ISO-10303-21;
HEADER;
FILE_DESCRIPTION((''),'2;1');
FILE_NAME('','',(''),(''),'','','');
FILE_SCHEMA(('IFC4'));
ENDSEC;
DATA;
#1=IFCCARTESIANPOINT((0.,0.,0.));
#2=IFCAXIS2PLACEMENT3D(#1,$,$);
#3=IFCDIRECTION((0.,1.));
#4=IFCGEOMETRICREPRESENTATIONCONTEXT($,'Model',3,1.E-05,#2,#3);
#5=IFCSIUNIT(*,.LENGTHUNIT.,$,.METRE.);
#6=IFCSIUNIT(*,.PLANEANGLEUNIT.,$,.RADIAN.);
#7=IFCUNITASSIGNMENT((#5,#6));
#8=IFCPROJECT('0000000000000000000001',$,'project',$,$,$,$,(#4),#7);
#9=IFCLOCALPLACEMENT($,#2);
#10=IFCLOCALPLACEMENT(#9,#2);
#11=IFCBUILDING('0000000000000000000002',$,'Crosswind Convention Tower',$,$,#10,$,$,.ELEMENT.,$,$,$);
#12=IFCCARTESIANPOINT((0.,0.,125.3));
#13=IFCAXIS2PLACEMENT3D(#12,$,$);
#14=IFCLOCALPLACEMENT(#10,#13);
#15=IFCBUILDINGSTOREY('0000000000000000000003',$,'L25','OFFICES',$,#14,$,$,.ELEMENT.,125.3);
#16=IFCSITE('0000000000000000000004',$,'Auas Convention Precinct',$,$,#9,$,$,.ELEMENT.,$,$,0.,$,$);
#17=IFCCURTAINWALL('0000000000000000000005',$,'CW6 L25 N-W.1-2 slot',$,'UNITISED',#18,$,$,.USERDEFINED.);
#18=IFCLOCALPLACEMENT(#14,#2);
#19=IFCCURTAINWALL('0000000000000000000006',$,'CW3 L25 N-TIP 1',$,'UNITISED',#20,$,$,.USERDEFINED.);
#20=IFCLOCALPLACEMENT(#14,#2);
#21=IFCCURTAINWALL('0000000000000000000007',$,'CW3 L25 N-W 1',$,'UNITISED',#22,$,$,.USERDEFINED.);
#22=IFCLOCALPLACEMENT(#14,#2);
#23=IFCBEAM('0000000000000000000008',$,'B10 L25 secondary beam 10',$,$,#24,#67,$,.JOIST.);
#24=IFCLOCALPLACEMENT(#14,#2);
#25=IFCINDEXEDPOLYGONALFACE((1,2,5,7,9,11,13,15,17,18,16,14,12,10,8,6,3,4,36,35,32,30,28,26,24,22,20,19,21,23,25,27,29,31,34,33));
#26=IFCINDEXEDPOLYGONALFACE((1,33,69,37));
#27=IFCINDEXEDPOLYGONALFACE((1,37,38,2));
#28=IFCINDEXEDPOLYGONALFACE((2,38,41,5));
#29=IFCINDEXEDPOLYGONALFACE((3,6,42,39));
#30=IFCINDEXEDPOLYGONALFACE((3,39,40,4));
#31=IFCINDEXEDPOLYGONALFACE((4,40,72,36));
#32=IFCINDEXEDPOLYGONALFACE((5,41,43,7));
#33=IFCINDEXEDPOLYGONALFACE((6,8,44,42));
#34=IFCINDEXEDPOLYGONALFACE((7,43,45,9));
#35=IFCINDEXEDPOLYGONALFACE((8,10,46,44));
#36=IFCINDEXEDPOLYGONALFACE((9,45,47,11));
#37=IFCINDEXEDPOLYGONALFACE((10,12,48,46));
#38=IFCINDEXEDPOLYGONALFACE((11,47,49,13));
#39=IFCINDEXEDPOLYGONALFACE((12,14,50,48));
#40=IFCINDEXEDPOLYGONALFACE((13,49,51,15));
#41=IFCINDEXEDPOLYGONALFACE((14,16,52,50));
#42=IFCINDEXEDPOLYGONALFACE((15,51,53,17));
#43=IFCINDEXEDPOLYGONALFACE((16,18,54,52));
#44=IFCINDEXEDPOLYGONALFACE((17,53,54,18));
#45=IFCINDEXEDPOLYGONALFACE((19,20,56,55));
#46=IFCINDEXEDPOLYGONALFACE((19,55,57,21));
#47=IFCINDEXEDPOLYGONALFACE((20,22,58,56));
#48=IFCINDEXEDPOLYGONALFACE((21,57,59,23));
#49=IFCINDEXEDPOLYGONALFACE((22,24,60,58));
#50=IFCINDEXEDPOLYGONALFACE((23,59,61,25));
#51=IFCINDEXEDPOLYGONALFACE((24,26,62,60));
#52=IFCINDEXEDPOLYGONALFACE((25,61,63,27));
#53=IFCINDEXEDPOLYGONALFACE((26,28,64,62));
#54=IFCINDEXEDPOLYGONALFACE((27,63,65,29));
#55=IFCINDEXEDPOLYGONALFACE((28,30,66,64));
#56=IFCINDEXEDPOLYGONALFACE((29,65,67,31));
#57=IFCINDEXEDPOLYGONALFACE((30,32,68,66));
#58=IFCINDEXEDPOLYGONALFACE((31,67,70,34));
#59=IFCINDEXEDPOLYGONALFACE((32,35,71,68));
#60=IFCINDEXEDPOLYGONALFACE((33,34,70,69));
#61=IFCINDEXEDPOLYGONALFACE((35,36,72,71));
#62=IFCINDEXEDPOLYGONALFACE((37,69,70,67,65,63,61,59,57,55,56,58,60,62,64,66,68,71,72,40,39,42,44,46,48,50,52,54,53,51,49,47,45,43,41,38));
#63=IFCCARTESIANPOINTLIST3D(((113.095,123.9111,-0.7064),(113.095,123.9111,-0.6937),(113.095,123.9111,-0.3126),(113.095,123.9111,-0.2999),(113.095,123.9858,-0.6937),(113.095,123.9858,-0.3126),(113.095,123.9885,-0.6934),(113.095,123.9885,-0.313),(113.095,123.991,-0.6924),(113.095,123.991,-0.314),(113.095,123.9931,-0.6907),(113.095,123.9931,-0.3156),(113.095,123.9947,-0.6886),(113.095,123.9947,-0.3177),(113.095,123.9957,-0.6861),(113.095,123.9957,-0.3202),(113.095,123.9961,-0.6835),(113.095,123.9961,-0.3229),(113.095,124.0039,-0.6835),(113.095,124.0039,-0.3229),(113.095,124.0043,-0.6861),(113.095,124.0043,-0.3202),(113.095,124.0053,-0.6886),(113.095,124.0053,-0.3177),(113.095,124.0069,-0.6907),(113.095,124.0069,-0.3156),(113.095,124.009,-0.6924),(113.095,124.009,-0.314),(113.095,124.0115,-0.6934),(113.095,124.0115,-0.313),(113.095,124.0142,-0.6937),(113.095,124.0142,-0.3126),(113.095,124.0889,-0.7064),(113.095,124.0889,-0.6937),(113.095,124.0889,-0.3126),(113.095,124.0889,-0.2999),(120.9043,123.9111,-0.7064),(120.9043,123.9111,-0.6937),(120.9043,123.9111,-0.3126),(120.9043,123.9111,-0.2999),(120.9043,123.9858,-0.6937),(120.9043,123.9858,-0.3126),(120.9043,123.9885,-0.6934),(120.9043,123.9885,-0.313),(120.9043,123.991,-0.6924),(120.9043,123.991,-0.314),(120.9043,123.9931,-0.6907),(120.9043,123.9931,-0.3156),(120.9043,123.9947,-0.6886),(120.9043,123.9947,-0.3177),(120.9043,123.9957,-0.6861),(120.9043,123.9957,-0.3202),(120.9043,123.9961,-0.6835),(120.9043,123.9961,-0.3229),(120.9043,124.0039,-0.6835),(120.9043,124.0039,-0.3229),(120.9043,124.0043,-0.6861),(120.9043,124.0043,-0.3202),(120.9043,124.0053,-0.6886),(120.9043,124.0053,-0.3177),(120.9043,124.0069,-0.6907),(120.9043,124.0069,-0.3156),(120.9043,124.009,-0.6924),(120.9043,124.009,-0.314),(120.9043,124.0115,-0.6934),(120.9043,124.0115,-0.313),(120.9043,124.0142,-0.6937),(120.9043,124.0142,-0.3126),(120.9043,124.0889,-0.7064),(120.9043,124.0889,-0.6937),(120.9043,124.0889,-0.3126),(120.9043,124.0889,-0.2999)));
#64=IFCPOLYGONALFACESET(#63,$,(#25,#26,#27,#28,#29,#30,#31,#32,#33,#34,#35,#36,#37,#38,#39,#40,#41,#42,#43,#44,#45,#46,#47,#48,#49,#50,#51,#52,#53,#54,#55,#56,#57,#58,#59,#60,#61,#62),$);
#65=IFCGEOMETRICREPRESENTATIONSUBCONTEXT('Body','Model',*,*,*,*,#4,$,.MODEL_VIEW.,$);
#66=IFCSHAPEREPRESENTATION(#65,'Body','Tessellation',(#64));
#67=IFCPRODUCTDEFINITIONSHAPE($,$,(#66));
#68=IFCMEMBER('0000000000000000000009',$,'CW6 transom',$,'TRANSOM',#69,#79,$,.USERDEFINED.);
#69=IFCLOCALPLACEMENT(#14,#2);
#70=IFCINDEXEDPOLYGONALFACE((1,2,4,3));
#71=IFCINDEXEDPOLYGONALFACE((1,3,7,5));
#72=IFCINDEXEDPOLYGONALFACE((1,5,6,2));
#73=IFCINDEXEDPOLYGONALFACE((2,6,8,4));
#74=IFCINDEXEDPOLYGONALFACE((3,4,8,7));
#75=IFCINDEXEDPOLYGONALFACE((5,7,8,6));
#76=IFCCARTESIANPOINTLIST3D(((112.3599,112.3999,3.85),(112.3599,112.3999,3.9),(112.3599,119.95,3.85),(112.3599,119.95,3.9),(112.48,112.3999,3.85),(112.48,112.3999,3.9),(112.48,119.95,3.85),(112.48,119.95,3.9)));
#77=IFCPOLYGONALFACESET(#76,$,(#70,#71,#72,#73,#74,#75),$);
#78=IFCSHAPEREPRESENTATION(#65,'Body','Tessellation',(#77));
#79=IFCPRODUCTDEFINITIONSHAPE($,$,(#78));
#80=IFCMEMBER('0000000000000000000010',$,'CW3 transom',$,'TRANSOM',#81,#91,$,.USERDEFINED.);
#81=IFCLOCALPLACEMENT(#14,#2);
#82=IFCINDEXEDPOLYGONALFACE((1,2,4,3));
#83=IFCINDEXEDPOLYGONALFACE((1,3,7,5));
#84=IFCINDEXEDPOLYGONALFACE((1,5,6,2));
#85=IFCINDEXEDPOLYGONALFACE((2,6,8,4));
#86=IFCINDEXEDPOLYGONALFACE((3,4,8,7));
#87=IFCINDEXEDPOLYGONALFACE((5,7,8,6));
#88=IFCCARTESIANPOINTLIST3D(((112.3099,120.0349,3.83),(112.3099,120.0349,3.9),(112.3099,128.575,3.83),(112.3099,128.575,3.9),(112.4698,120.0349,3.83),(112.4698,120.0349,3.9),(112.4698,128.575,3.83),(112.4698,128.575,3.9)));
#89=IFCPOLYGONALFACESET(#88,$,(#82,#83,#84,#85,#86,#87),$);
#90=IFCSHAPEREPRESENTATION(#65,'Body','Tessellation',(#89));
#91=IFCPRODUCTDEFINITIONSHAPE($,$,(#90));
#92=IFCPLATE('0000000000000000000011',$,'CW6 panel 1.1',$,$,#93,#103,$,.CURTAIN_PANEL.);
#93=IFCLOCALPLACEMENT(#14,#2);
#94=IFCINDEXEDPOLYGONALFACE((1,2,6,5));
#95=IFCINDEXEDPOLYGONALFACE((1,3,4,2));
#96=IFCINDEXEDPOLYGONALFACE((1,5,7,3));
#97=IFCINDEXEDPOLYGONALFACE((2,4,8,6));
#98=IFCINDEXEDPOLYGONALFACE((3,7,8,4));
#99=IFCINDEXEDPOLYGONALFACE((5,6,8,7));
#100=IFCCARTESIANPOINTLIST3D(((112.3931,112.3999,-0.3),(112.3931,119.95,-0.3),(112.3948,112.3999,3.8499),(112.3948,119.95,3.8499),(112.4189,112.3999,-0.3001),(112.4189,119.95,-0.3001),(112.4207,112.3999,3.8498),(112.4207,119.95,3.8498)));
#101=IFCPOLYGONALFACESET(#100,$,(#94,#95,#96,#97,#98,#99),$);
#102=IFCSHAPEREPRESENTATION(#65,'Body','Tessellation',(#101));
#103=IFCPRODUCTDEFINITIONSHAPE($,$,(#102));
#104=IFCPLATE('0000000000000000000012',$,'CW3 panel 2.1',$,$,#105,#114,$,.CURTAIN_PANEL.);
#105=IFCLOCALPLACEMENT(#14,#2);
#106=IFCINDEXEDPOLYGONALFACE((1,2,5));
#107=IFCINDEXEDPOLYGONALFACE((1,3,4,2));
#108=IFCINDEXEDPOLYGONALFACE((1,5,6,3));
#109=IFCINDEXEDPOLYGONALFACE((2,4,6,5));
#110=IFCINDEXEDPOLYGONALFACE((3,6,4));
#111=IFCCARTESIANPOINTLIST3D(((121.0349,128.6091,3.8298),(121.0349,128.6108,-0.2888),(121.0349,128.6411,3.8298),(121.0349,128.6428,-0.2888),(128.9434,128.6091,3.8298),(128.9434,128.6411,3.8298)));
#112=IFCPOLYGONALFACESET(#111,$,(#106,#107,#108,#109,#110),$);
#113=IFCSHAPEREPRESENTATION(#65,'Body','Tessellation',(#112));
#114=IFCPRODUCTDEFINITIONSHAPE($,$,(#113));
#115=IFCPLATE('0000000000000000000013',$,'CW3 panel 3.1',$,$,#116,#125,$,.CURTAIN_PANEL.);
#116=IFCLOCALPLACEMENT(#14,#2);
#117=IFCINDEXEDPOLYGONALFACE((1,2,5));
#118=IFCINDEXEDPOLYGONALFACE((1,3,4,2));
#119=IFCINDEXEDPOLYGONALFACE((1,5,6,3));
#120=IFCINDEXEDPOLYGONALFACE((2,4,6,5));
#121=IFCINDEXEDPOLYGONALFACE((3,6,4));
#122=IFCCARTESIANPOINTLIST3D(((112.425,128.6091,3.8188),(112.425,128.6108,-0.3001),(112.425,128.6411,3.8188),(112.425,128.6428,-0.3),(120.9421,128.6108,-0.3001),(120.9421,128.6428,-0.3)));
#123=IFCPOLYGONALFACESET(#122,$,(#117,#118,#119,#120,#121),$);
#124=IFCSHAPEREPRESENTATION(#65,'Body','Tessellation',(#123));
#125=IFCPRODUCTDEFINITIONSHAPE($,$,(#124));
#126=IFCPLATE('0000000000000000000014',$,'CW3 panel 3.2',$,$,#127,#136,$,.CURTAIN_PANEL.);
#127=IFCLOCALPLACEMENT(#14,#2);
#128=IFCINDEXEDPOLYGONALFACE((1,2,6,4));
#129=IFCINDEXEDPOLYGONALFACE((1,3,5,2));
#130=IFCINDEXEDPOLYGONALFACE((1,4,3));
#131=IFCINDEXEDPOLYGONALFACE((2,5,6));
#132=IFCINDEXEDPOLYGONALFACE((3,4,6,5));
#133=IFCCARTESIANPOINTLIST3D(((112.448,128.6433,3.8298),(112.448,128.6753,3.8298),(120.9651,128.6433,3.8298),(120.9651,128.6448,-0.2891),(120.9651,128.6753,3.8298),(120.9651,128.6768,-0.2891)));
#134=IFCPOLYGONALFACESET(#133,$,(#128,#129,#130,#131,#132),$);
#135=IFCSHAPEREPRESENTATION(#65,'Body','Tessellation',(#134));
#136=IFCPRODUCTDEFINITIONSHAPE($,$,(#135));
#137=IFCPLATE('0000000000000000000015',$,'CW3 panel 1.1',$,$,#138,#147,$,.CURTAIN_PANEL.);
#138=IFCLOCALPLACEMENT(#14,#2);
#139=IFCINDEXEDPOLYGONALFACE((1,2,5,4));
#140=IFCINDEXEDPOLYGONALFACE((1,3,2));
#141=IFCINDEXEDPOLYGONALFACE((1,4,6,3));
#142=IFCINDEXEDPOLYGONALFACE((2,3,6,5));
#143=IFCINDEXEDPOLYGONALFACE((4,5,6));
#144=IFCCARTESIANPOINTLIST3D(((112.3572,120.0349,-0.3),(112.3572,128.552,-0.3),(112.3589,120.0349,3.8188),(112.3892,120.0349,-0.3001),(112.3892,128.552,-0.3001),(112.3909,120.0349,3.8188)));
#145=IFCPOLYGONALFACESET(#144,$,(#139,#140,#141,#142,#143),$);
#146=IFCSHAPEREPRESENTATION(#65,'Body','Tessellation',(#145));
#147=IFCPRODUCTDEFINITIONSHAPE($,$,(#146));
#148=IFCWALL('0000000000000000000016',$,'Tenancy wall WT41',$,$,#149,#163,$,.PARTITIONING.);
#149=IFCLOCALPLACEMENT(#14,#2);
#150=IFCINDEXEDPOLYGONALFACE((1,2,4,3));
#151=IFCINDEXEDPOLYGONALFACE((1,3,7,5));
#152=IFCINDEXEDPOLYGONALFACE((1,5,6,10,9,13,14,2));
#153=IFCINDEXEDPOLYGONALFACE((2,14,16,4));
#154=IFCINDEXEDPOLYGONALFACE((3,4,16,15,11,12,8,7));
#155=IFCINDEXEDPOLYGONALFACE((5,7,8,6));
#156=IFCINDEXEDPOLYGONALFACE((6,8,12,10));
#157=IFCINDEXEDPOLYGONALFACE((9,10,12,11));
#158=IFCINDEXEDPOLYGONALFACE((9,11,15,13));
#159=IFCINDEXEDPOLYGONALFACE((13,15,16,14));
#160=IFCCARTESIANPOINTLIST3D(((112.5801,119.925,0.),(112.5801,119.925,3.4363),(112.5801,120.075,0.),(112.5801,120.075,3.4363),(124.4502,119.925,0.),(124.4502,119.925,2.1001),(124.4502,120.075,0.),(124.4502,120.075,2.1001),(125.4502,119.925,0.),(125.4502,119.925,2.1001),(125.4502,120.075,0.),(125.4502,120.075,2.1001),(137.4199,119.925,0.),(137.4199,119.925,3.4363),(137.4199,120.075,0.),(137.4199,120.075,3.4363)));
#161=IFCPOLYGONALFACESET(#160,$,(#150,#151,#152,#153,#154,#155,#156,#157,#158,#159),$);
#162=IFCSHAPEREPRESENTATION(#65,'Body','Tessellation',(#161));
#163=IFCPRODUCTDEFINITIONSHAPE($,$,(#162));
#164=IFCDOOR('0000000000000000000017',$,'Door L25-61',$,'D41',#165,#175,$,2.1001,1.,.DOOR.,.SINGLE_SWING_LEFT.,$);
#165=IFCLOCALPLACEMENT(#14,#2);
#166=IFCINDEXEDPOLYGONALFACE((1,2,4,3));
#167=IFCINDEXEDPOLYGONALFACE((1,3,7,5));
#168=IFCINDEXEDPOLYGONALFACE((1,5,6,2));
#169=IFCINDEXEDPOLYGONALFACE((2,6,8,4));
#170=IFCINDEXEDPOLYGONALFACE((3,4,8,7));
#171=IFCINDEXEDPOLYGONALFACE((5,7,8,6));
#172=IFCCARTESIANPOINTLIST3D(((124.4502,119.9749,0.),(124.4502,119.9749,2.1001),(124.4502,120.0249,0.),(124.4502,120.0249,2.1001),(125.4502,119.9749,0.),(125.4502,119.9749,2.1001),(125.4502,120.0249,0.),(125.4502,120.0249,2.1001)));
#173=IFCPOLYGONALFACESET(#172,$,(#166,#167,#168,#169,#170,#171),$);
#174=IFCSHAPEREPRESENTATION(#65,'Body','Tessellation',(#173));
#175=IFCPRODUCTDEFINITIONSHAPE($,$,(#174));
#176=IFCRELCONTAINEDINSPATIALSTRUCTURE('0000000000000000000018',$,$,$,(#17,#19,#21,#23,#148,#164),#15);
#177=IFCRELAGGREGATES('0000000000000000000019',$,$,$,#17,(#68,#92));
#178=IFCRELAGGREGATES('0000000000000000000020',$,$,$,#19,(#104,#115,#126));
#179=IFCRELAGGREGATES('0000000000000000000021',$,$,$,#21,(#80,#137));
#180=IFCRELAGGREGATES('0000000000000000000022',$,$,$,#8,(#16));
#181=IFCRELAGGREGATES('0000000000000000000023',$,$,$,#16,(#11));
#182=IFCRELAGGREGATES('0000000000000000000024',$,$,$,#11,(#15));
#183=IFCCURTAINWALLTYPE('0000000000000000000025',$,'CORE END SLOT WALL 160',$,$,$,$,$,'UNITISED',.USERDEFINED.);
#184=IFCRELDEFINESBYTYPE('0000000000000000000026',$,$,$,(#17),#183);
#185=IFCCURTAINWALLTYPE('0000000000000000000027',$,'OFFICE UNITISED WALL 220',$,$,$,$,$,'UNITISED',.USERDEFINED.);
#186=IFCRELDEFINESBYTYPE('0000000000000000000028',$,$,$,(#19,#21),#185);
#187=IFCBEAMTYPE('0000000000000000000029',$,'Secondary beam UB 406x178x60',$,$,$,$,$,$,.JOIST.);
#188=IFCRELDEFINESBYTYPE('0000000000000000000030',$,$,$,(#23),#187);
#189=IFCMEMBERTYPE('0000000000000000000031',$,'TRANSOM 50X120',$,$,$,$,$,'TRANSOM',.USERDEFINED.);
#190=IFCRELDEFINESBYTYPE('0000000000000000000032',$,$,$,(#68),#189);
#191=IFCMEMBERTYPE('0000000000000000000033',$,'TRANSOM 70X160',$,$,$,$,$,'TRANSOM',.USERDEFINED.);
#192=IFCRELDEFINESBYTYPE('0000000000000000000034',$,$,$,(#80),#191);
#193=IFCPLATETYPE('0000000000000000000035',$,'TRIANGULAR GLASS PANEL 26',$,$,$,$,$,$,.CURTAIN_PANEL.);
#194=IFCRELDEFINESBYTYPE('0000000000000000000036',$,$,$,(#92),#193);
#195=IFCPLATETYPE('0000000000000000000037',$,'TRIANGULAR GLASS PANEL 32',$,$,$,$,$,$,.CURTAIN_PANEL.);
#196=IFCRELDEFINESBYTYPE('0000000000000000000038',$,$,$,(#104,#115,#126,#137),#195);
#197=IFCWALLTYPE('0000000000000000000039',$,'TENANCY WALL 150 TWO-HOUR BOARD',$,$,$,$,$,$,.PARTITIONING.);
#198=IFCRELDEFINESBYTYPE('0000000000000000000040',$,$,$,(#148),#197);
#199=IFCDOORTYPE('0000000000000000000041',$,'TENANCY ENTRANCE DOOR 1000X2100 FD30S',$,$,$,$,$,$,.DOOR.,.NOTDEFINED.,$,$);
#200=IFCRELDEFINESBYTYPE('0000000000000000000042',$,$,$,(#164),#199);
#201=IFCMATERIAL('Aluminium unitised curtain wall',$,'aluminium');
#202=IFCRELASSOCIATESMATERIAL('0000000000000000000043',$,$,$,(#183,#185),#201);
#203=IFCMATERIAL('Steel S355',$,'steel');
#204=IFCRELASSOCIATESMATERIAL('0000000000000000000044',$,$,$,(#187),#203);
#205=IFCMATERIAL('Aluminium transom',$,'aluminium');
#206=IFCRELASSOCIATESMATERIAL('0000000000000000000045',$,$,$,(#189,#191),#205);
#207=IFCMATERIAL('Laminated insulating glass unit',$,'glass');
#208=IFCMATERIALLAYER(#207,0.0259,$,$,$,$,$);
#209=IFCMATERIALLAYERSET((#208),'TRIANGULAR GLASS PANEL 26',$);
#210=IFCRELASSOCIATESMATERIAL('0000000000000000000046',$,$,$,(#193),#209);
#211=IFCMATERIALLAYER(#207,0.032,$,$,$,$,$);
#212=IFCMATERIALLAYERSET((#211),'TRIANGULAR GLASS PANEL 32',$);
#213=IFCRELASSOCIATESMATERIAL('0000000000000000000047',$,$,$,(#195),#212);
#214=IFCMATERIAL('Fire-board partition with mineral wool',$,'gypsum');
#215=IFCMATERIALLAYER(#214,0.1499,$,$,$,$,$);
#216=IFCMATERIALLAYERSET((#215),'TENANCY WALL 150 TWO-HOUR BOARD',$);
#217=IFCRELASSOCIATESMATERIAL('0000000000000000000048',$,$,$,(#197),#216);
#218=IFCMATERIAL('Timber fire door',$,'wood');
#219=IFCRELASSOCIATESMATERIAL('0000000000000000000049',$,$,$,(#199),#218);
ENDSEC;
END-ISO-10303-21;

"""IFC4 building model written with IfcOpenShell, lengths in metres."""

from ifc_helpers import new_model, si_unit, direction, frame, frame_2d, origin, origin_2d, place, context, subcontext, project, spatial, polyline, rectangle, i_section, outline, extrude, material, layer, layer_set, material_profile, profile_set, type_object, element, fill, aggregate, save


model = new_model("IFC4")

# Units and contexts
model_context = context("Model", 3, precision=1e-05, world=origin(), true_north=direction((0.0, 1.0)))
body_context = subcontext(model_context, "Body", "Model", "MODEL_VIEW")
ifc_project = project(units=[si_unit("LENGTHUNIT", "METRE"), si_unit("PLANEANGLEUNIT", "RADIAN")], contexts=[model_context])

# Site, building, storey
site_placement = place(None, origin())
site = spatial("IfcSite", under=ifc_project, at=site_placement, Name="Auas Convention Precinct", CompositionType="ELEMENT", RefElevation=0.0)
building_placement = place(site_placement, origin())
building = spatial("IfcBuilding", under=site, at=building_placement, Name="Crosswind Convention Tower", CompositionType="ELEMENT")
storey_placement = place(building_placement, frame((0.0, 0.0, 125.3)))
storey = spatial("IfcBuildingStorey", under=building, at=storey_placement, Name="L25", Description="OFFICES", CompositionType="ELEMENT", Elevation=125.3)

# Shared definitions
ifc_material_1 = material(Name="Steel S355", Category="steel")

# Curtain wall
ifc_material_2 = material(Name="Aluminium unitised curtain wall", Category="aluminium")
curtain_wall_type_1 = type_object("IfcCurtainWallType", Name="CORE END SLOT WALL 160", ElementType="UNITISED", PredefinedType="USERDEFINED", material=ifc_material_2)
curtain_wall_1_placement = place(storey_placement, origin())
curtain_wall_1 = element("IfcCurtainWall", 1, at=curtain_wall_1_placement, inside=storey, type_object=curtain_wall_type_1, Name="CW6 L25 N-W.1-2 slot", ObjectType="UNITISED", PredefinedType="USERDEFINED")

# Curtain wall
curtain_wall_type_2 = type_object("IfcCurtainWallType", Name="OFFICE UNITISED WALL 220", ElementType="UNITISED", PredefinedType="USERDEFINED", material=ifc_material_2)
curtain_wall_2_placement = place(storey_placement, origin())
curtain_wall_2 = element("IfcCurtainWall", 2, at=curtain_wall_2_placement, inside=storey, type_object=curtain_wall_type_2, Name="CW3 L25 N-TIP 1", ObjectType="UNITISED", PredefinedType="USERDEFINED")

# Curtain wall
curtain_wall_3_placement = place(storey_placement, origin())
curtain_wall_3 = element("IfcCurtainWall", 3, at=curtain_wall_3_placement, inside=storey, type_object=curtain_wall_type_2, Name="CW3 L25 N-W 1", ObjectType="UNITISED", PredefinedType="USERDEFINED")

# Beam
ifc_material_profile_1 = material_profile(ifc_material_1, i_section(OverallWidth=0.1777, OverallDepth=0.4065, WebThickness=0.0078, FlangeThickness=0.0127, FilletRadius=0.0103, at=origin_2d()), Name="UB 406x178x60")
ifc_profile_set_1 = profile_set([ifc_material_profile_1], Name="Steel S355")
beam_type_1 = type_object("IfcBeamType", Name="Secondary beam UB 406x178x60", PredefinedType="JOIST", material=ifc_profile_set_1)
beam_placement = place(storey_placement, frame((113.095, 124.0, -0.5032), z_axis=(1.0, 0.0, 0.0), x_axis=(0.0, 1.0, 0.0)))
element("IfcBeam", 4, at=beam_placement, inside=storey, type_object=beam_type_1, Name="B10 L25 secondary beam 10", PredefinedType="JOIST", context=body_context, shape_type="SweptSolid", body=[
    extrude(i_section(OverallWidth=0.1777, OverallDepth=0.4065, WebThickness=0.0078, FlangeThickness=0.0127, FilletRadius=0.0103, at=origin_2d()), origin(), (0.0, 0.0, 1.0), 7.8093),
])

# Members
ifc_material_3 = material(Name="Aluminium transom", Category="aluminium")
ifc_material_profile_2 = material_profile(ifc_material_3, rectangle(XDim=0.1201, YDim=0.05, at=origin_2d()), Name="AL 120X50")
ifc_profile_set_2 = profile_set([ifc_material_profile_2], Name="Aluminium transom")
member_type_1 = type_object("IfcMemberType", Name="TRANSOM 50X120", ElementType="TRANSOM", PredefinedType="USERDEFINED", material=ifc_profile_set_2)
member_1_placement = place(storey_placement, frame((112.4199, 119.95, 3.875), z_axis=(0.0, -1.0, 0.0), x_axis=(1.0, 0.0, 0.0)))
member_1 = element("IfcMember", 5, at=member_1_placement, type_object=member_type_1, Name="CW6 transom", ObjectType="TRANSOM", PredefinedType="USERDEFINED", context=body_context, shape_type="SweptSolid", body=[
    extrude(rectangle(XDim=0.1201, YDim=0.05, at=origin_2d()), origin(), (0.0, 0.0, 1.0), 7.55),
])
ifc_material_profile_3 = material_profile(ifc_material_3, rectangle(XDim=0.1599, YDim=0.0701, at=origin_2d()), Name="AL 160X70")
ifc_profile_set_3 = profile_set([ifc_material_profile_3], Name="Aluminium transom")
member_type_2 = type_object("IfcMemberType", Name="TRANSOM 70X160", ElementType="TRANSOM", PredefinedType="USERDEFINED", material=ifc_profile_set_3)
member_2_placement = place(storey_placement, frame((112.3899, 128.575, 3.865), z_axis=(0.0, -1.0, 0.0), x_axis=(1.0, 0.0, 0.0)))
member_2 = element("IfcMember", 6, at=member_2_placement, type_object=member_type_2, Name="CW3 transom", ObjectType="TRANSOM", PredefinedType="USERDEFINED", context=body_context, shape_type="SweptSolid", body=[
    extrude(rectangle(XDim=0.1599, YDim=0.0701, at=origin_2d()), origin(), (0.0, 0.0, 1.0), 8.54),
])

# Plates
ifc_material_4 = material(Name="Laminated insulating glass unit", Category="glass")
ifc_layer_1 = layer(ifc_material_4, 0.0259)
ifc_layer_set_1 = layer_set([ifc_layer_1], Name="TRIANGULAR GLASS PANEL 26")
plate_type_1 = type_object("IfcPlateType", Name="TRIANGULAR GLASS PANEL 26", PredefinedType="CURTAIN_PANEL", material=ifc_layer_set_1)
plate_1_placement = place(storey_placement, frame((112.3931, 119.95, -0.3), z_axis=(-1.0, 0.0, 0.000412), x_axis=(0.0, -1.0, 0.0)))
plate_1 = element("IfcPlate", 7, at=plate_1_placement, type_object=plate_type_1, Name="CW6 panel 1.1", PredefinedType="CURTAIN_PANEL", context=body_context, shape_type="SweptSolid", body=[
    extrude(outline(polyline([(0.0, 0.0), (7.55, 0.0), (7.55, 4.1499), (0.0, 4.1499), (0.0, 0.0)])), origin(), (0.0, 0.0, -1.0), 0.0259),
])
aggregate(curtain_wall_1, [member_1, plate_1])
ifc_layer_2 = layer(ifc_material_4, 0.032)
ifc_layer_set_2 = layer_set([ifc_layer_2], Name="TRIANGULAR GLASS PANEL 32")
plate_type_2 = type_object("IfcPlateType", Name="TRIANGULAR GLASS PANEL 32", PredefinedType="CURTAIN_PANEL", material=ifc_layer_set_2)
plate_2_placement = place(storey_placement, frame((121.0349, 128.6411, 3.8298), z_axis=(0.0, 1.0, 0.000415), x_axis=(1.0, 0.0, 0.0)))
plate_2 = element("IfcPlate", 8, at=plate_2_placement, type_object=plate_type_2, Name="CW3 panel 2.1", PredefinedType="CURTAIN_PANEL", context=body_context, shape_type="SweptSolid", body=[
    extrude(outline(polyline([(0.0, 0.0), (7.9084, 0.0), (0.0, 4.1187), (0.0, 0.0)])), origin(), (0.0, 0.0, -1.0), 0.032),
])
plate_3_placement = place(storey_placement, frame((112.425, 128.6428, -0.3), z_axis=(0.0, 1.0, 0.000415), x_axis=(0.0, -0.000415, 1.0)))
plate_3 = element("IfcPlate", 9, at=plate_3_placement, type_object=plate_type_2, Name="CW3 panel 3.1", PredefinedType="CURTAIN_PANEL", context=body_context, shape_type="SweptSolid", body=[
    extrude(outline(polyline([(0.0, 0.0), (4.1189, 0.0), (0.0, 8.5171), (0.0, 0.0)])), origin(), (0.0, 0.0, -1.0), 0.032),
])
plate_4_placement = place(storey_placement, frame((120.9651, 128.6753, 3.8298), z_axis=(0.0, 1.0, 0.000356), x_axis=(0.0, 0.000356, -1.0)))
plate_4 = element("IfcPlate", 10, at=plate_4_placement, type_object=plate_type_2, Name="CW3 panel 3.2", PredefinedType="CURTAIN_PANEL", context=body_context, shape_type="SweptSolid", body=[
    extrude(outline(polyline([(0.0, 0.0), (4.1189, 0.0), (0.0, 8.5171), (0.0, 0.0)])), origin(), (0.0, 0.0, -1.0), 0.032),
])
aggregate(curtain_wall_2, [plate_2, plate_3, plate_4])
plate_5_placement = place(storey_placement, frame((112.3572, 120.0349, -0.3), z_axis=(-1.0, 0.0, 0.000415), x_axis=(0.000415, 0.0, 1.0)))
plate_5 = element("IfcPlate", 11, at=plate_5_placement, type_object=plate_type_2, Name="CW3 panel 1.1", PredefinedType="CURTAIN_PANEL", context=body_context, shape_type="SweptSolid", body=[
    extrude(outline(polyline([(0.0, 0.0), (4.1189, 0.0), (0.0, 8.5171), (0.0, 0.0)])), origin(), (0.0, 0.0, -1.0), 0.032),
])
aggregate(curtain_wall_3, [member_2, plate_5])

# Wall, opening, door
ifc_material_5 = material(Name="Fire-board partition with mineral wool", Category="gypsum")
ifc_layer_3 = layer(ifc_material_5, 0.1499)
ifc_layer_set_3 = layer_set([ifc_layer_3], Name="TENANCY WALL 150 TWO-HOUR BOARD")
wall_type = type_object("IfcWallType", Name="TENANCY WALL 150 TWO-HOUR BOARD", PredefinedType="PARTITIONING", material=ifc_layer_set_3)
wall_placement = place(storey_placement, frame((112.5801, 120.0, 0.0), z_axis=(0.0, 0.0, 1.0), x_axis=(1.0, 0.0, 0.0)))
wall = element("IfcWall", 12, at=wall_placement, inside=storey, type_object=wall_type, Name="Tenancy wall WT41", PredefinedType="PARTITIONING", context=body_context, shape_type="SweptSolid", body=[
    extrude(rectangle(XDim=24.8398, YDim=0.1499, at=frame_2d((12.4199, 0.0))), origin(), (0.0, 0.0, 1.0), 3.4363),
])
opening_placement = place(wall_placement, frame((11.8701, 0.0, 0.0)))
opening = element("IfcOpeningElement", 13, at=opening_placement, cuts=wall, PredefinedType="OPENING", context=body_context, shape_type="SweptSolid", body=[
    extrude(rectangle(XDim=1.0, YDim=2.1001, at=frame_2d((0.5, 1.05))), frame((0.0, 0.085, 0.0), z_axis=(0.0, -1.0, 0.0), x_axis=(1.0, 0.0, 0.0)), (0.0, 0.0, 1.0), 0.1699),
])
ifc_material_6 = material(Name="Timber fire door", Category="wood")
door_type = type_object("IfcDoorType", Name="TENANCY ENTRANCE DOOR 1000X2100 FD30S", OperationType="NOTDEFINED", PredefinedType="DOOR", material=ifc_material_6)
door_placement = place(opening_placement, origin())
door = element("IfcDoor", 14, at=door_placement, inside=storey, type_object=door_type, Name="Door L25-61", ObjectType="D41", OperationType="SINGLE_SWING_LEFT", OverallHeight=2.1001, OverallWidth=1.0, PredefinedType="DOOR", context=body_context, shape_type="SweptSolid", body=[
    extrude(rectangle(XDim=1.0, YDim=2.1001, at=frame_2d((0.5, 1.05))), frame((0.0, 0.0249, 0.0), z_axis=(0.0, -1.0, 0.0), x_axis=(1.0, 0.0, 0.0)), (0.0, 0.0, 1.0), 0.05),
])
fill(opening, door)

save(model, "model.ifc")
